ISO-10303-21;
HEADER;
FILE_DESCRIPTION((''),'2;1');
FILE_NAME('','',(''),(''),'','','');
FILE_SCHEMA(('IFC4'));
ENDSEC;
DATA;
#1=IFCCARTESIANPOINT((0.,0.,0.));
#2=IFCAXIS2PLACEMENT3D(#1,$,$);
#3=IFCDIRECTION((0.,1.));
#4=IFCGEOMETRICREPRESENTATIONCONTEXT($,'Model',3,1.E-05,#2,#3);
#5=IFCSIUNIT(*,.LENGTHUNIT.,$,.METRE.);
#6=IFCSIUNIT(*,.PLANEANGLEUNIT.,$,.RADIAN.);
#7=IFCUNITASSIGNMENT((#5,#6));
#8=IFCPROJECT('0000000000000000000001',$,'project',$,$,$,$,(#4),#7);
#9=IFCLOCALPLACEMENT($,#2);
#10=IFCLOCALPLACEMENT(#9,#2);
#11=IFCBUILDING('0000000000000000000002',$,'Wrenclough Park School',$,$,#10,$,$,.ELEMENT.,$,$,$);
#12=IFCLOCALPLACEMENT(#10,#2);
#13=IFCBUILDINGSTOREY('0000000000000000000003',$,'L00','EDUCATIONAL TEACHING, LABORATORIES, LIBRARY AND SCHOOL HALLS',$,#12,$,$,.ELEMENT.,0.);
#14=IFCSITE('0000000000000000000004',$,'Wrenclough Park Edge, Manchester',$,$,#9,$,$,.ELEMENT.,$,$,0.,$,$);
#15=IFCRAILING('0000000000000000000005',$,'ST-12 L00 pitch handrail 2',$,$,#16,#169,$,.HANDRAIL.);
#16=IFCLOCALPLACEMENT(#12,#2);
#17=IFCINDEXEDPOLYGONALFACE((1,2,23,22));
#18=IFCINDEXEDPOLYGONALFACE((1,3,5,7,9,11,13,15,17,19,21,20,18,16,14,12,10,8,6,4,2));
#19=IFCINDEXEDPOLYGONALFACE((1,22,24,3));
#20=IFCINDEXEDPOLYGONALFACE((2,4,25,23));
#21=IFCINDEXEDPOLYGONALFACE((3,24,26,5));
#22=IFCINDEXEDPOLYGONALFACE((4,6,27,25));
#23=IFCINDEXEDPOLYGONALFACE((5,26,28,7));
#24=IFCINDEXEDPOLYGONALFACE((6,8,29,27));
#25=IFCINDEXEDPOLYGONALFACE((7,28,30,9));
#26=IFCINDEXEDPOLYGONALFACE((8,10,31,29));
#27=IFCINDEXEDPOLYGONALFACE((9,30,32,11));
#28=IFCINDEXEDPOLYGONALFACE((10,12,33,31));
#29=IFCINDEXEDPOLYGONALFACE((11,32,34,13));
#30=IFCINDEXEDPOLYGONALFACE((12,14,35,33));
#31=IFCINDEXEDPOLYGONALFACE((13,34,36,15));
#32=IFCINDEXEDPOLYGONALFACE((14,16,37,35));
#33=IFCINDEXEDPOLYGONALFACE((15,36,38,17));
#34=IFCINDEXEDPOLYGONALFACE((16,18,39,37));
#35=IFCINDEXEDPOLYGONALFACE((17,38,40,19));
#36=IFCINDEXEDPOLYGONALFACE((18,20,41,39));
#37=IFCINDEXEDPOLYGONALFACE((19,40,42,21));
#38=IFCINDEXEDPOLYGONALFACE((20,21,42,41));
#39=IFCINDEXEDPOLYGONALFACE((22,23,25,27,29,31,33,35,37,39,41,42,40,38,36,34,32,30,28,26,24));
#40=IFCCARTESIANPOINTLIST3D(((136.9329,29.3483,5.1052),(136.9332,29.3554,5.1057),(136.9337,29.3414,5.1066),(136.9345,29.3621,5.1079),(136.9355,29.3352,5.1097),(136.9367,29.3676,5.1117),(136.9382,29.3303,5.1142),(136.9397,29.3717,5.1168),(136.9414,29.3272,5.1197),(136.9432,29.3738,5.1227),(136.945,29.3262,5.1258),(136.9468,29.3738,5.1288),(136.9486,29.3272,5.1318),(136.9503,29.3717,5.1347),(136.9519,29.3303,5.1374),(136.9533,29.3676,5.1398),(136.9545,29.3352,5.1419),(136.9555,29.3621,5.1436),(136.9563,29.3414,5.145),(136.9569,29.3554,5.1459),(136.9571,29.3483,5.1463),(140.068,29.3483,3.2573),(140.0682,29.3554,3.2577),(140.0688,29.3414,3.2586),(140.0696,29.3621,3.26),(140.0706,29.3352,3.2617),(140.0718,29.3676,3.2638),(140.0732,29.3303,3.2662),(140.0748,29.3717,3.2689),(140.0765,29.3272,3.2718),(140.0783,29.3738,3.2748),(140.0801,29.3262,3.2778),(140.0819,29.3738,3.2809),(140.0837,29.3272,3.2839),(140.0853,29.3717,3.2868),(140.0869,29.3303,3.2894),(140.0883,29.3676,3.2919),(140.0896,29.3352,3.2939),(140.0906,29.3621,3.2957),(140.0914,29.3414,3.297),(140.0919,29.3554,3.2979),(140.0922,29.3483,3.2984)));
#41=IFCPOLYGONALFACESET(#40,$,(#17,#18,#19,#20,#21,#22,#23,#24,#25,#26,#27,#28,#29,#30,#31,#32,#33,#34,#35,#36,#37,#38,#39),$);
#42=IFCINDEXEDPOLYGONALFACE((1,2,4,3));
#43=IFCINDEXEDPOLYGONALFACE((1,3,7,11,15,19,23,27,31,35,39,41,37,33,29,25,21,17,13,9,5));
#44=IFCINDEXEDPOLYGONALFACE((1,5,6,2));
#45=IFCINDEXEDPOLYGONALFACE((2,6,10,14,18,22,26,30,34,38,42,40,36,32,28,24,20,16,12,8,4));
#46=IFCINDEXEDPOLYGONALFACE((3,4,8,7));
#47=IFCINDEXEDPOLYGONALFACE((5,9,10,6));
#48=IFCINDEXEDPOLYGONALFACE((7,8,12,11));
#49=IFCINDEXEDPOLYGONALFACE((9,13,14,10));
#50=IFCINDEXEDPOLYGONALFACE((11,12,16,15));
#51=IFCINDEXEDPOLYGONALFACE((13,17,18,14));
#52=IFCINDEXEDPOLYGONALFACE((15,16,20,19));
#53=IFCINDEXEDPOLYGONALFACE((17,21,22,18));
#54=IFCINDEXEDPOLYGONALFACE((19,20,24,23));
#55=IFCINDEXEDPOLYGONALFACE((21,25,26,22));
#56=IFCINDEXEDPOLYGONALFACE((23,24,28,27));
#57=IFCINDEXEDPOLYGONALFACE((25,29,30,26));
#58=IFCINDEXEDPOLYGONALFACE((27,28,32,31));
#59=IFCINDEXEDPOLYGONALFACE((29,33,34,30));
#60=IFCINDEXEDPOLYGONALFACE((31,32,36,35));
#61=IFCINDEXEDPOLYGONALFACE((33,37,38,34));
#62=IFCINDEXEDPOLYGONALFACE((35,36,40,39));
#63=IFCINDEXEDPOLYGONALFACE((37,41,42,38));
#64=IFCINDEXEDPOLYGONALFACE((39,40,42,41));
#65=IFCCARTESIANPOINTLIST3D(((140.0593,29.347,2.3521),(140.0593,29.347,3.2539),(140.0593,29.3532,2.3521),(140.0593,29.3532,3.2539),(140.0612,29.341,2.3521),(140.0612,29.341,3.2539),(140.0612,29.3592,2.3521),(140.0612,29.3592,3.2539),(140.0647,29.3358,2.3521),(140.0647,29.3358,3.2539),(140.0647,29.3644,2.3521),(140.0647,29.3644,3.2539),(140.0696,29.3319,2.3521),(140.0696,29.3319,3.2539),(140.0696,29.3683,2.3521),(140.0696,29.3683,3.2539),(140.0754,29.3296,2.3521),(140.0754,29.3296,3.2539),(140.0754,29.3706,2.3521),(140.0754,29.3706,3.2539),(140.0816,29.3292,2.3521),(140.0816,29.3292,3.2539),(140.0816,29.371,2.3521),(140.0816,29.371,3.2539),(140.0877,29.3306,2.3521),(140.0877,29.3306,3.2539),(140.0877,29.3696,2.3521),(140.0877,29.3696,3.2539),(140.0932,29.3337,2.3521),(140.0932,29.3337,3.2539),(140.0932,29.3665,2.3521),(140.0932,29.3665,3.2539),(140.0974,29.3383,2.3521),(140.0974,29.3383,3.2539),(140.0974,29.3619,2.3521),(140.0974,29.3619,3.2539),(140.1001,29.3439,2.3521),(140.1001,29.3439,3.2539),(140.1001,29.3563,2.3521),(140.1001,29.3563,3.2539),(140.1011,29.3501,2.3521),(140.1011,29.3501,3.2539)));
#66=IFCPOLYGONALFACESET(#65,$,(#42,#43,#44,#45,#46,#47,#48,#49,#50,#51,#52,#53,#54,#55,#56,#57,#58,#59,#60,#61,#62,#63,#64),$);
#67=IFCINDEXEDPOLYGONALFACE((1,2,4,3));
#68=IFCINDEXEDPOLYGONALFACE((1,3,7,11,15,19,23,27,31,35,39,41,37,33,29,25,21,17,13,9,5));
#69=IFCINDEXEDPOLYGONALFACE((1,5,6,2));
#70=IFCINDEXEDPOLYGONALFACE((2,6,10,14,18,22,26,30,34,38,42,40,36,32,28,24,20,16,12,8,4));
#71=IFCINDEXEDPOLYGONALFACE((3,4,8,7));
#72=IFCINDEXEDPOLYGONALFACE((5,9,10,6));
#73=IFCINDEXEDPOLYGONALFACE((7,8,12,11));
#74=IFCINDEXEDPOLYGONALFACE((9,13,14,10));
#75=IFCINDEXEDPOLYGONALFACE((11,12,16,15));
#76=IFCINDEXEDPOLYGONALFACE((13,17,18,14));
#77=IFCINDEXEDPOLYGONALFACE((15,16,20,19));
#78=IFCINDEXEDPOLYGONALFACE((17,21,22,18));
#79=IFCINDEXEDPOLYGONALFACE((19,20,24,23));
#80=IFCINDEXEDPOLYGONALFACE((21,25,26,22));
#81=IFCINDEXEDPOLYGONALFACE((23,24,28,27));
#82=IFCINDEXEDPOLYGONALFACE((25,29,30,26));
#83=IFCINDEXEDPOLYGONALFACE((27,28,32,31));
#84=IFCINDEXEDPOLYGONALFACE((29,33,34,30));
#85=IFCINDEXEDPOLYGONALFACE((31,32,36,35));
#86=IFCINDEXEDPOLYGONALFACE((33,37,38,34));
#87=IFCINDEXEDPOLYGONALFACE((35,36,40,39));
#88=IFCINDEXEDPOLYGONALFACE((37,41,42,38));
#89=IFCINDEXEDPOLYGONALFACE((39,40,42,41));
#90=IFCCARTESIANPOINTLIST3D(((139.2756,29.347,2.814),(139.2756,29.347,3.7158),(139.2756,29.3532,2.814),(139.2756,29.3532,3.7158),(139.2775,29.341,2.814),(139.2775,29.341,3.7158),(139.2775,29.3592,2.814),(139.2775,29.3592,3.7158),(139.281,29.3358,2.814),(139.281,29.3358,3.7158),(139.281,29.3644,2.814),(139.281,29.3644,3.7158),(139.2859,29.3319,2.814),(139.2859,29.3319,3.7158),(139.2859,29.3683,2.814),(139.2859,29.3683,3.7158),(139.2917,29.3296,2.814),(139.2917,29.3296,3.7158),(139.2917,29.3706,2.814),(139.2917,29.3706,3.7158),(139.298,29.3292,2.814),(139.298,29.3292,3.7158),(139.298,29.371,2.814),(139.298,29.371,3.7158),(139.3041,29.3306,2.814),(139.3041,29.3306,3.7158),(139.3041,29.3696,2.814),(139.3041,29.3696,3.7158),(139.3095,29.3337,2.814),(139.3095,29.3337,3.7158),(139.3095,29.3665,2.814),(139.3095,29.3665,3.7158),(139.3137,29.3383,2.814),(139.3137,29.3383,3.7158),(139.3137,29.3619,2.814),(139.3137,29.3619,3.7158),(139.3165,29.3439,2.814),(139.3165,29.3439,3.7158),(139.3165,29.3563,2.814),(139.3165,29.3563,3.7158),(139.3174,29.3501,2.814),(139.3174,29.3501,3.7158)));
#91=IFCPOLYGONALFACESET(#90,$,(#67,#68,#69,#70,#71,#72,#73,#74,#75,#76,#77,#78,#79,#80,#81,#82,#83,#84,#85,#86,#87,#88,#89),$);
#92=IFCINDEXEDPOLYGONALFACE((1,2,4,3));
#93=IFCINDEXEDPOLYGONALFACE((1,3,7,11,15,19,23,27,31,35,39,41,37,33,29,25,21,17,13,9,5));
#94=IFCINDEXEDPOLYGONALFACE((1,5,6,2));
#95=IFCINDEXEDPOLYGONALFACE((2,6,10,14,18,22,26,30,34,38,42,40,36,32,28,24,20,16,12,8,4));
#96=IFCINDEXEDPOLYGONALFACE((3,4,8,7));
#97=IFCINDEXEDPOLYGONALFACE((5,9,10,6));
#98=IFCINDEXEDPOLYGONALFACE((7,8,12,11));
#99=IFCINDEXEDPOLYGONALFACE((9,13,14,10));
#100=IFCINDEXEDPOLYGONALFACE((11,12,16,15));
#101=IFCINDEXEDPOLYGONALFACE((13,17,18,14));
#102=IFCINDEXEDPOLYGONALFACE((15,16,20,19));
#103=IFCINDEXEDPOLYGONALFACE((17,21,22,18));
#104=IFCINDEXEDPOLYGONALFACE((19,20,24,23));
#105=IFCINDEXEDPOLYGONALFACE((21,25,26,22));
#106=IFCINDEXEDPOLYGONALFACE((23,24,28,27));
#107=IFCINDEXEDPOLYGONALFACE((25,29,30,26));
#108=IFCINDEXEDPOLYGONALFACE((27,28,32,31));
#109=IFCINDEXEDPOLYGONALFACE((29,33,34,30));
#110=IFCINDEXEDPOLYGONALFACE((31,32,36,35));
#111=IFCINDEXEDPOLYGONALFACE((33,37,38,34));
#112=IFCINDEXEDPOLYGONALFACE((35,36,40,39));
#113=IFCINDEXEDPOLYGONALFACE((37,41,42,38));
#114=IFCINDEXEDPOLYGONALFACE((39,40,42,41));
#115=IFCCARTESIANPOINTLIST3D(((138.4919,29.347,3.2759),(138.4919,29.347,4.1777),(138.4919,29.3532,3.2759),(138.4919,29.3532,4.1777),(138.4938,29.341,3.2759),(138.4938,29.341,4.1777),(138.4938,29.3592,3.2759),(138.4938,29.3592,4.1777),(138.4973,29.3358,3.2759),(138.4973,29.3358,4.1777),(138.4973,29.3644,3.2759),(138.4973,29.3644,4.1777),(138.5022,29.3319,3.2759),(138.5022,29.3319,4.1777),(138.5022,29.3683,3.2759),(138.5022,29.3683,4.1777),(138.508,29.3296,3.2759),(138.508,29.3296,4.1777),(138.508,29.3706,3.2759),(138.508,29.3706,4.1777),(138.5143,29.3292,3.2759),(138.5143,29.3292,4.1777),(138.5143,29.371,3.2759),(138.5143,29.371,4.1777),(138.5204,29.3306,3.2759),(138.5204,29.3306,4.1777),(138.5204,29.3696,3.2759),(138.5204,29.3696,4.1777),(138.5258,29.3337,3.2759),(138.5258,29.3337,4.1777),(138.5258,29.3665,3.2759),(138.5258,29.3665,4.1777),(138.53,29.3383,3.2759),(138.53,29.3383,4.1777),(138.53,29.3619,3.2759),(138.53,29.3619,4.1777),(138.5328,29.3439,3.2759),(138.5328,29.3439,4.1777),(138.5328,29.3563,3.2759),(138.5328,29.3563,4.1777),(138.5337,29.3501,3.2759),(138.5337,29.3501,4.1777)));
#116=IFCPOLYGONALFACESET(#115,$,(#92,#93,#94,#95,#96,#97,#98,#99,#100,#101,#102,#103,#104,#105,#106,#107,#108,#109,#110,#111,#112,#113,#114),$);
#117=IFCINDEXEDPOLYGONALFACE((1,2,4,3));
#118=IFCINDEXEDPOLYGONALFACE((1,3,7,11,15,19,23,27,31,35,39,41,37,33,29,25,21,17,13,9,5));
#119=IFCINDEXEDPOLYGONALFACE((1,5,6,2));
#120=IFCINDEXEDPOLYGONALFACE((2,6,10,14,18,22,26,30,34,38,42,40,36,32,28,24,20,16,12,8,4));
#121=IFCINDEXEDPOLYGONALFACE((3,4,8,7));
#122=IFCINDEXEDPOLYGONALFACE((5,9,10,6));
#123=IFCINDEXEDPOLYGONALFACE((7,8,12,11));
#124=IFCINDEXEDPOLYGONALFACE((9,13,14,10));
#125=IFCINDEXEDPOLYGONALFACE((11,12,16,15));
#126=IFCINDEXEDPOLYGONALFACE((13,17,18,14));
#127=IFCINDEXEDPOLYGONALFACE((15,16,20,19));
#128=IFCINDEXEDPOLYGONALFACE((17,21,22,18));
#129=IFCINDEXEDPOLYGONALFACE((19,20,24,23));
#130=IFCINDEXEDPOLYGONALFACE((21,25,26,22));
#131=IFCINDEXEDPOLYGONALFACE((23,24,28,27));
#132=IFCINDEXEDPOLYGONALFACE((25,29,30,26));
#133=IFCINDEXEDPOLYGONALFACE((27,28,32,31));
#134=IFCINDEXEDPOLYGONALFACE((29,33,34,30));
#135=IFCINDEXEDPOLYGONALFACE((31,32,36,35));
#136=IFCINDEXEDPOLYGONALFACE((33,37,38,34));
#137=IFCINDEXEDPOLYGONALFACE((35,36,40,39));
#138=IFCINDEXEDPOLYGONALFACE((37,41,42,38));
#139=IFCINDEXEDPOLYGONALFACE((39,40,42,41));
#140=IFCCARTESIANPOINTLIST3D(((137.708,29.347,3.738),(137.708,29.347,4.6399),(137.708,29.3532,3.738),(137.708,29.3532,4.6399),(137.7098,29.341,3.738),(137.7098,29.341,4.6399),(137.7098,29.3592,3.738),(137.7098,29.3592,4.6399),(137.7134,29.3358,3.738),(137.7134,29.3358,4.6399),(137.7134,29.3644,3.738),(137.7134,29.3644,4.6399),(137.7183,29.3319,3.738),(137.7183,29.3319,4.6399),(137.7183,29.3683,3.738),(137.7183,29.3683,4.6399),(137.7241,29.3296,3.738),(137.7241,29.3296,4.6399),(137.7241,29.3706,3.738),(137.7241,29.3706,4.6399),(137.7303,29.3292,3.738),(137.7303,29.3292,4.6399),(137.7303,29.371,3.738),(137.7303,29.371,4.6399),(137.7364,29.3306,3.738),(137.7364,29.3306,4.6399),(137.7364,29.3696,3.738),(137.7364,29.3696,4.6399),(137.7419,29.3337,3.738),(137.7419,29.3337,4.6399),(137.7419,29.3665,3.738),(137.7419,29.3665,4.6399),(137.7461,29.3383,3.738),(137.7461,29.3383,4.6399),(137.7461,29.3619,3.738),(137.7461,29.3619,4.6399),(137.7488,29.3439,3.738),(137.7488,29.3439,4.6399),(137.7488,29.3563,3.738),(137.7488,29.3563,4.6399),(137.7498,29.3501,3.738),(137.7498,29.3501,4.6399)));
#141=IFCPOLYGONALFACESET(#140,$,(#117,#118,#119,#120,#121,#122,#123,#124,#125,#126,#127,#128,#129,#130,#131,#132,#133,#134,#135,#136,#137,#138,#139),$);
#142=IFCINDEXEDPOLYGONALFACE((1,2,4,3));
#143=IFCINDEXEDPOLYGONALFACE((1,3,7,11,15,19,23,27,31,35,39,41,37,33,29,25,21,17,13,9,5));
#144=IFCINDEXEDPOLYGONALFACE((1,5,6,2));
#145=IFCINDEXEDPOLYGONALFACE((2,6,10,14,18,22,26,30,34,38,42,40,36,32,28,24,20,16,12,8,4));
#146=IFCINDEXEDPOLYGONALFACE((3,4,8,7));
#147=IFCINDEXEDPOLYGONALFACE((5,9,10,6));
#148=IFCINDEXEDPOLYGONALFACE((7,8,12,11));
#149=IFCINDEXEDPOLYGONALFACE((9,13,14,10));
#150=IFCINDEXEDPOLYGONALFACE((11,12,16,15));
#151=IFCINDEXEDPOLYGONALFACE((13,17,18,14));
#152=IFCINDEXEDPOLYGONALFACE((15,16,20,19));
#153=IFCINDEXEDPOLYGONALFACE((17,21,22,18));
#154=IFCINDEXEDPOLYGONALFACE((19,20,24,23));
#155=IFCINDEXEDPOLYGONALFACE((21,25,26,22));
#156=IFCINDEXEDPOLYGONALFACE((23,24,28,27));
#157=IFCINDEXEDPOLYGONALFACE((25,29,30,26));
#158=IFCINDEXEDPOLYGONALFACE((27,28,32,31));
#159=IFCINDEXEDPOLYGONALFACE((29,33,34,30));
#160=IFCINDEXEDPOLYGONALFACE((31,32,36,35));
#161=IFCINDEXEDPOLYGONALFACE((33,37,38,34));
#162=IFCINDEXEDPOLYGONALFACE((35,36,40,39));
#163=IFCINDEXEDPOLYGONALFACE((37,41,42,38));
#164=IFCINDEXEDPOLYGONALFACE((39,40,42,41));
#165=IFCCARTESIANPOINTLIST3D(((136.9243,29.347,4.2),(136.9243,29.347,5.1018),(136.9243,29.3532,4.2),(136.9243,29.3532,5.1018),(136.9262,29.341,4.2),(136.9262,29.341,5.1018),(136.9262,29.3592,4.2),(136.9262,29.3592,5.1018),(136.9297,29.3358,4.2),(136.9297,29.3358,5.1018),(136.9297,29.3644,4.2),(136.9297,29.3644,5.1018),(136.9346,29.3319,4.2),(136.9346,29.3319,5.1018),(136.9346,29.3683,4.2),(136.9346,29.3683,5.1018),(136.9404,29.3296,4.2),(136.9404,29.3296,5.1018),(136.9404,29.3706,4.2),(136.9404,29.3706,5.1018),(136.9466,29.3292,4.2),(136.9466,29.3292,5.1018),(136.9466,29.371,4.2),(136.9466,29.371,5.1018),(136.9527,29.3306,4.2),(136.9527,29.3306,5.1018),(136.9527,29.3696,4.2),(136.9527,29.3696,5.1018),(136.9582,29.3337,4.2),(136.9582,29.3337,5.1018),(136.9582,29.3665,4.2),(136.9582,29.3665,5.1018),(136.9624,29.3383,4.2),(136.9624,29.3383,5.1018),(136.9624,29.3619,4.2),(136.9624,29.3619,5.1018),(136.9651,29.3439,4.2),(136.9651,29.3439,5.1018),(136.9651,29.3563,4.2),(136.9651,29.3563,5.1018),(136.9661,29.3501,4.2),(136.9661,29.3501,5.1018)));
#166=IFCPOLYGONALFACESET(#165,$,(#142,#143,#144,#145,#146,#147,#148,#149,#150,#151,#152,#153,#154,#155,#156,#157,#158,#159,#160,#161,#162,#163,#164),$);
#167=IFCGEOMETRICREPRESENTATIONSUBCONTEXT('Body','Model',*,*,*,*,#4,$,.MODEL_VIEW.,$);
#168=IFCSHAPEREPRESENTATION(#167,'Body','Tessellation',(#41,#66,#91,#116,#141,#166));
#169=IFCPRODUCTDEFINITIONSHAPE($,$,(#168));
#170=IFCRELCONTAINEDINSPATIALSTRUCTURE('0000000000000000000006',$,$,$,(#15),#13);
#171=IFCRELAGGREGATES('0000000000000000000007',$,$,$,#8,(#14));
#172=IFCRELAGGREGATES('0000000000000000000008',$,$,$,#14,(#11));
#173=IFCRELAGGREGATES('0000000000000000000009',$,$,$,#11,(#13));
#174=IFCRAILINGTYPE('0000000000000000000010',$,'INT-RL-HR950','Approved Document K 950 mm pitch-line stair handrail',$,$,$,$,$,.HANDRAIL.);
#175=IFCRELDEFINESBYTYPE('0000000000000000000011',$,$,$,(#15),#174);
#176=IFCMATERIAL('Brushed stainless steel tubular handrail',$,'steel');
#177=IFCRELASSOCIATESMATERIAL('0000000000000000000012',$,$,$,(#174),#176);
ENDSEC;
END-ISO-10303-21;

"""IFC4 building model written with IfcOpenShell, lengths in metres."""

from ifc_helpers import new_model, si_unit, direction, frame, origin, origin_2d, place, context, subcontext, project, spatial, circle, extrude, material, type_object, element, save


model = new_model("IFC4")

# Units and contexts
model_context = context("Model", 3, precision=1e-05, world=origin(), true_north=direction((0.0, 1.0)))
body_context = subcontext(model_context, "Body", "Model", "MODEL_VIEW")
ifc_project = project(units=[si_unit("LENGTHUNIT", "METRE"), si_unit("PLANEANGLEUNIT", "RADIAN")], contexts=[model_context])

# Site, building, storey
site_placement = place(None, origin())
site = spatial("IfcSite", under=ifc_project, at=site_placement, Name="Wrenclough Park Edge, Manchester", CompositionType="ELEMENT", RefElevation=0.0)
building_placement = place(site_placement, origin())
building = spatial("IfcBuilding", under=site, at=building_placement, Name="Wrenclough Park School", CompositionType="ELEMENT")
storey_placement = place(building_placement, origin())
storey = spatial("IfcBuildingStorey", under=building, at=storey_placement, Name="L00", Description="EDUCATIONAL TEACHING, LABORATORIES, LIBRARY AND SCHOOL HALLS", CompositionType="ELEMENT", Elevation=0.0)

# Railing
ifc_material_1 = material(Name="Brushed stainless steel tubular handrail", Category="steel")
railing_type_1 = type_object("IfcRailingType", Name="INT-RL-HR950", Description="Approved Document K 950 mm pitch-line stair handrail", PredefinedType="HANDRAIL", material=ifc_material_1)
railing_1_placement = place(storey_placement, frame((140.0801, 29.3501, 2.3521)))
element("IfcRailing", 1, at=railing_1_placement, inside=storey, type_object=railing_type_1, Name="ST-12 L00 pitch handrail 2", PredefinedType="HANDRAIL", context=body_context, shape_type="SweptSolid", body=[
    extrude(circle(Radius=0.0239, at=origin_2d()), frame((0.0, 0.0, 0.9258), z_axis=(-0.86148, 0.0, 0.507791), x_axis=(0.0, -1.0, 0.0)), (0.0, 0.0, 1.0), 3.6392),
    extrude(circle(Radius=0.021, at=origin_2d()), origin(), (0.0, 0.0, 1.0), 0.9019),
    extrude(circle(Radius=0.021, at=origin_2d()), frame((-0.7837, 0.0, 0.4619)), (0.0, 0.0, 1.0), 0.9019),
    extrude(circle(Radius=0.021, at=origin_2d()), frame((-1.5674, 0.0, 0.9238)), (0.0, 0.0, 1.0), 0.9019),
    extrude(circle(Radius=0.021, at=origin_2d()), frame((-2.3513, 0.0, 1.386)), (0.0, 0.0, 1.0), 0.9019),
    extrude(circle(Radius=0.021, at=origin_2d()), frame((-3.135, 0.0, 1.8479)), (0.0, 0.0, 1.0), 0.9019),
])

save(model, "model.ifc")
